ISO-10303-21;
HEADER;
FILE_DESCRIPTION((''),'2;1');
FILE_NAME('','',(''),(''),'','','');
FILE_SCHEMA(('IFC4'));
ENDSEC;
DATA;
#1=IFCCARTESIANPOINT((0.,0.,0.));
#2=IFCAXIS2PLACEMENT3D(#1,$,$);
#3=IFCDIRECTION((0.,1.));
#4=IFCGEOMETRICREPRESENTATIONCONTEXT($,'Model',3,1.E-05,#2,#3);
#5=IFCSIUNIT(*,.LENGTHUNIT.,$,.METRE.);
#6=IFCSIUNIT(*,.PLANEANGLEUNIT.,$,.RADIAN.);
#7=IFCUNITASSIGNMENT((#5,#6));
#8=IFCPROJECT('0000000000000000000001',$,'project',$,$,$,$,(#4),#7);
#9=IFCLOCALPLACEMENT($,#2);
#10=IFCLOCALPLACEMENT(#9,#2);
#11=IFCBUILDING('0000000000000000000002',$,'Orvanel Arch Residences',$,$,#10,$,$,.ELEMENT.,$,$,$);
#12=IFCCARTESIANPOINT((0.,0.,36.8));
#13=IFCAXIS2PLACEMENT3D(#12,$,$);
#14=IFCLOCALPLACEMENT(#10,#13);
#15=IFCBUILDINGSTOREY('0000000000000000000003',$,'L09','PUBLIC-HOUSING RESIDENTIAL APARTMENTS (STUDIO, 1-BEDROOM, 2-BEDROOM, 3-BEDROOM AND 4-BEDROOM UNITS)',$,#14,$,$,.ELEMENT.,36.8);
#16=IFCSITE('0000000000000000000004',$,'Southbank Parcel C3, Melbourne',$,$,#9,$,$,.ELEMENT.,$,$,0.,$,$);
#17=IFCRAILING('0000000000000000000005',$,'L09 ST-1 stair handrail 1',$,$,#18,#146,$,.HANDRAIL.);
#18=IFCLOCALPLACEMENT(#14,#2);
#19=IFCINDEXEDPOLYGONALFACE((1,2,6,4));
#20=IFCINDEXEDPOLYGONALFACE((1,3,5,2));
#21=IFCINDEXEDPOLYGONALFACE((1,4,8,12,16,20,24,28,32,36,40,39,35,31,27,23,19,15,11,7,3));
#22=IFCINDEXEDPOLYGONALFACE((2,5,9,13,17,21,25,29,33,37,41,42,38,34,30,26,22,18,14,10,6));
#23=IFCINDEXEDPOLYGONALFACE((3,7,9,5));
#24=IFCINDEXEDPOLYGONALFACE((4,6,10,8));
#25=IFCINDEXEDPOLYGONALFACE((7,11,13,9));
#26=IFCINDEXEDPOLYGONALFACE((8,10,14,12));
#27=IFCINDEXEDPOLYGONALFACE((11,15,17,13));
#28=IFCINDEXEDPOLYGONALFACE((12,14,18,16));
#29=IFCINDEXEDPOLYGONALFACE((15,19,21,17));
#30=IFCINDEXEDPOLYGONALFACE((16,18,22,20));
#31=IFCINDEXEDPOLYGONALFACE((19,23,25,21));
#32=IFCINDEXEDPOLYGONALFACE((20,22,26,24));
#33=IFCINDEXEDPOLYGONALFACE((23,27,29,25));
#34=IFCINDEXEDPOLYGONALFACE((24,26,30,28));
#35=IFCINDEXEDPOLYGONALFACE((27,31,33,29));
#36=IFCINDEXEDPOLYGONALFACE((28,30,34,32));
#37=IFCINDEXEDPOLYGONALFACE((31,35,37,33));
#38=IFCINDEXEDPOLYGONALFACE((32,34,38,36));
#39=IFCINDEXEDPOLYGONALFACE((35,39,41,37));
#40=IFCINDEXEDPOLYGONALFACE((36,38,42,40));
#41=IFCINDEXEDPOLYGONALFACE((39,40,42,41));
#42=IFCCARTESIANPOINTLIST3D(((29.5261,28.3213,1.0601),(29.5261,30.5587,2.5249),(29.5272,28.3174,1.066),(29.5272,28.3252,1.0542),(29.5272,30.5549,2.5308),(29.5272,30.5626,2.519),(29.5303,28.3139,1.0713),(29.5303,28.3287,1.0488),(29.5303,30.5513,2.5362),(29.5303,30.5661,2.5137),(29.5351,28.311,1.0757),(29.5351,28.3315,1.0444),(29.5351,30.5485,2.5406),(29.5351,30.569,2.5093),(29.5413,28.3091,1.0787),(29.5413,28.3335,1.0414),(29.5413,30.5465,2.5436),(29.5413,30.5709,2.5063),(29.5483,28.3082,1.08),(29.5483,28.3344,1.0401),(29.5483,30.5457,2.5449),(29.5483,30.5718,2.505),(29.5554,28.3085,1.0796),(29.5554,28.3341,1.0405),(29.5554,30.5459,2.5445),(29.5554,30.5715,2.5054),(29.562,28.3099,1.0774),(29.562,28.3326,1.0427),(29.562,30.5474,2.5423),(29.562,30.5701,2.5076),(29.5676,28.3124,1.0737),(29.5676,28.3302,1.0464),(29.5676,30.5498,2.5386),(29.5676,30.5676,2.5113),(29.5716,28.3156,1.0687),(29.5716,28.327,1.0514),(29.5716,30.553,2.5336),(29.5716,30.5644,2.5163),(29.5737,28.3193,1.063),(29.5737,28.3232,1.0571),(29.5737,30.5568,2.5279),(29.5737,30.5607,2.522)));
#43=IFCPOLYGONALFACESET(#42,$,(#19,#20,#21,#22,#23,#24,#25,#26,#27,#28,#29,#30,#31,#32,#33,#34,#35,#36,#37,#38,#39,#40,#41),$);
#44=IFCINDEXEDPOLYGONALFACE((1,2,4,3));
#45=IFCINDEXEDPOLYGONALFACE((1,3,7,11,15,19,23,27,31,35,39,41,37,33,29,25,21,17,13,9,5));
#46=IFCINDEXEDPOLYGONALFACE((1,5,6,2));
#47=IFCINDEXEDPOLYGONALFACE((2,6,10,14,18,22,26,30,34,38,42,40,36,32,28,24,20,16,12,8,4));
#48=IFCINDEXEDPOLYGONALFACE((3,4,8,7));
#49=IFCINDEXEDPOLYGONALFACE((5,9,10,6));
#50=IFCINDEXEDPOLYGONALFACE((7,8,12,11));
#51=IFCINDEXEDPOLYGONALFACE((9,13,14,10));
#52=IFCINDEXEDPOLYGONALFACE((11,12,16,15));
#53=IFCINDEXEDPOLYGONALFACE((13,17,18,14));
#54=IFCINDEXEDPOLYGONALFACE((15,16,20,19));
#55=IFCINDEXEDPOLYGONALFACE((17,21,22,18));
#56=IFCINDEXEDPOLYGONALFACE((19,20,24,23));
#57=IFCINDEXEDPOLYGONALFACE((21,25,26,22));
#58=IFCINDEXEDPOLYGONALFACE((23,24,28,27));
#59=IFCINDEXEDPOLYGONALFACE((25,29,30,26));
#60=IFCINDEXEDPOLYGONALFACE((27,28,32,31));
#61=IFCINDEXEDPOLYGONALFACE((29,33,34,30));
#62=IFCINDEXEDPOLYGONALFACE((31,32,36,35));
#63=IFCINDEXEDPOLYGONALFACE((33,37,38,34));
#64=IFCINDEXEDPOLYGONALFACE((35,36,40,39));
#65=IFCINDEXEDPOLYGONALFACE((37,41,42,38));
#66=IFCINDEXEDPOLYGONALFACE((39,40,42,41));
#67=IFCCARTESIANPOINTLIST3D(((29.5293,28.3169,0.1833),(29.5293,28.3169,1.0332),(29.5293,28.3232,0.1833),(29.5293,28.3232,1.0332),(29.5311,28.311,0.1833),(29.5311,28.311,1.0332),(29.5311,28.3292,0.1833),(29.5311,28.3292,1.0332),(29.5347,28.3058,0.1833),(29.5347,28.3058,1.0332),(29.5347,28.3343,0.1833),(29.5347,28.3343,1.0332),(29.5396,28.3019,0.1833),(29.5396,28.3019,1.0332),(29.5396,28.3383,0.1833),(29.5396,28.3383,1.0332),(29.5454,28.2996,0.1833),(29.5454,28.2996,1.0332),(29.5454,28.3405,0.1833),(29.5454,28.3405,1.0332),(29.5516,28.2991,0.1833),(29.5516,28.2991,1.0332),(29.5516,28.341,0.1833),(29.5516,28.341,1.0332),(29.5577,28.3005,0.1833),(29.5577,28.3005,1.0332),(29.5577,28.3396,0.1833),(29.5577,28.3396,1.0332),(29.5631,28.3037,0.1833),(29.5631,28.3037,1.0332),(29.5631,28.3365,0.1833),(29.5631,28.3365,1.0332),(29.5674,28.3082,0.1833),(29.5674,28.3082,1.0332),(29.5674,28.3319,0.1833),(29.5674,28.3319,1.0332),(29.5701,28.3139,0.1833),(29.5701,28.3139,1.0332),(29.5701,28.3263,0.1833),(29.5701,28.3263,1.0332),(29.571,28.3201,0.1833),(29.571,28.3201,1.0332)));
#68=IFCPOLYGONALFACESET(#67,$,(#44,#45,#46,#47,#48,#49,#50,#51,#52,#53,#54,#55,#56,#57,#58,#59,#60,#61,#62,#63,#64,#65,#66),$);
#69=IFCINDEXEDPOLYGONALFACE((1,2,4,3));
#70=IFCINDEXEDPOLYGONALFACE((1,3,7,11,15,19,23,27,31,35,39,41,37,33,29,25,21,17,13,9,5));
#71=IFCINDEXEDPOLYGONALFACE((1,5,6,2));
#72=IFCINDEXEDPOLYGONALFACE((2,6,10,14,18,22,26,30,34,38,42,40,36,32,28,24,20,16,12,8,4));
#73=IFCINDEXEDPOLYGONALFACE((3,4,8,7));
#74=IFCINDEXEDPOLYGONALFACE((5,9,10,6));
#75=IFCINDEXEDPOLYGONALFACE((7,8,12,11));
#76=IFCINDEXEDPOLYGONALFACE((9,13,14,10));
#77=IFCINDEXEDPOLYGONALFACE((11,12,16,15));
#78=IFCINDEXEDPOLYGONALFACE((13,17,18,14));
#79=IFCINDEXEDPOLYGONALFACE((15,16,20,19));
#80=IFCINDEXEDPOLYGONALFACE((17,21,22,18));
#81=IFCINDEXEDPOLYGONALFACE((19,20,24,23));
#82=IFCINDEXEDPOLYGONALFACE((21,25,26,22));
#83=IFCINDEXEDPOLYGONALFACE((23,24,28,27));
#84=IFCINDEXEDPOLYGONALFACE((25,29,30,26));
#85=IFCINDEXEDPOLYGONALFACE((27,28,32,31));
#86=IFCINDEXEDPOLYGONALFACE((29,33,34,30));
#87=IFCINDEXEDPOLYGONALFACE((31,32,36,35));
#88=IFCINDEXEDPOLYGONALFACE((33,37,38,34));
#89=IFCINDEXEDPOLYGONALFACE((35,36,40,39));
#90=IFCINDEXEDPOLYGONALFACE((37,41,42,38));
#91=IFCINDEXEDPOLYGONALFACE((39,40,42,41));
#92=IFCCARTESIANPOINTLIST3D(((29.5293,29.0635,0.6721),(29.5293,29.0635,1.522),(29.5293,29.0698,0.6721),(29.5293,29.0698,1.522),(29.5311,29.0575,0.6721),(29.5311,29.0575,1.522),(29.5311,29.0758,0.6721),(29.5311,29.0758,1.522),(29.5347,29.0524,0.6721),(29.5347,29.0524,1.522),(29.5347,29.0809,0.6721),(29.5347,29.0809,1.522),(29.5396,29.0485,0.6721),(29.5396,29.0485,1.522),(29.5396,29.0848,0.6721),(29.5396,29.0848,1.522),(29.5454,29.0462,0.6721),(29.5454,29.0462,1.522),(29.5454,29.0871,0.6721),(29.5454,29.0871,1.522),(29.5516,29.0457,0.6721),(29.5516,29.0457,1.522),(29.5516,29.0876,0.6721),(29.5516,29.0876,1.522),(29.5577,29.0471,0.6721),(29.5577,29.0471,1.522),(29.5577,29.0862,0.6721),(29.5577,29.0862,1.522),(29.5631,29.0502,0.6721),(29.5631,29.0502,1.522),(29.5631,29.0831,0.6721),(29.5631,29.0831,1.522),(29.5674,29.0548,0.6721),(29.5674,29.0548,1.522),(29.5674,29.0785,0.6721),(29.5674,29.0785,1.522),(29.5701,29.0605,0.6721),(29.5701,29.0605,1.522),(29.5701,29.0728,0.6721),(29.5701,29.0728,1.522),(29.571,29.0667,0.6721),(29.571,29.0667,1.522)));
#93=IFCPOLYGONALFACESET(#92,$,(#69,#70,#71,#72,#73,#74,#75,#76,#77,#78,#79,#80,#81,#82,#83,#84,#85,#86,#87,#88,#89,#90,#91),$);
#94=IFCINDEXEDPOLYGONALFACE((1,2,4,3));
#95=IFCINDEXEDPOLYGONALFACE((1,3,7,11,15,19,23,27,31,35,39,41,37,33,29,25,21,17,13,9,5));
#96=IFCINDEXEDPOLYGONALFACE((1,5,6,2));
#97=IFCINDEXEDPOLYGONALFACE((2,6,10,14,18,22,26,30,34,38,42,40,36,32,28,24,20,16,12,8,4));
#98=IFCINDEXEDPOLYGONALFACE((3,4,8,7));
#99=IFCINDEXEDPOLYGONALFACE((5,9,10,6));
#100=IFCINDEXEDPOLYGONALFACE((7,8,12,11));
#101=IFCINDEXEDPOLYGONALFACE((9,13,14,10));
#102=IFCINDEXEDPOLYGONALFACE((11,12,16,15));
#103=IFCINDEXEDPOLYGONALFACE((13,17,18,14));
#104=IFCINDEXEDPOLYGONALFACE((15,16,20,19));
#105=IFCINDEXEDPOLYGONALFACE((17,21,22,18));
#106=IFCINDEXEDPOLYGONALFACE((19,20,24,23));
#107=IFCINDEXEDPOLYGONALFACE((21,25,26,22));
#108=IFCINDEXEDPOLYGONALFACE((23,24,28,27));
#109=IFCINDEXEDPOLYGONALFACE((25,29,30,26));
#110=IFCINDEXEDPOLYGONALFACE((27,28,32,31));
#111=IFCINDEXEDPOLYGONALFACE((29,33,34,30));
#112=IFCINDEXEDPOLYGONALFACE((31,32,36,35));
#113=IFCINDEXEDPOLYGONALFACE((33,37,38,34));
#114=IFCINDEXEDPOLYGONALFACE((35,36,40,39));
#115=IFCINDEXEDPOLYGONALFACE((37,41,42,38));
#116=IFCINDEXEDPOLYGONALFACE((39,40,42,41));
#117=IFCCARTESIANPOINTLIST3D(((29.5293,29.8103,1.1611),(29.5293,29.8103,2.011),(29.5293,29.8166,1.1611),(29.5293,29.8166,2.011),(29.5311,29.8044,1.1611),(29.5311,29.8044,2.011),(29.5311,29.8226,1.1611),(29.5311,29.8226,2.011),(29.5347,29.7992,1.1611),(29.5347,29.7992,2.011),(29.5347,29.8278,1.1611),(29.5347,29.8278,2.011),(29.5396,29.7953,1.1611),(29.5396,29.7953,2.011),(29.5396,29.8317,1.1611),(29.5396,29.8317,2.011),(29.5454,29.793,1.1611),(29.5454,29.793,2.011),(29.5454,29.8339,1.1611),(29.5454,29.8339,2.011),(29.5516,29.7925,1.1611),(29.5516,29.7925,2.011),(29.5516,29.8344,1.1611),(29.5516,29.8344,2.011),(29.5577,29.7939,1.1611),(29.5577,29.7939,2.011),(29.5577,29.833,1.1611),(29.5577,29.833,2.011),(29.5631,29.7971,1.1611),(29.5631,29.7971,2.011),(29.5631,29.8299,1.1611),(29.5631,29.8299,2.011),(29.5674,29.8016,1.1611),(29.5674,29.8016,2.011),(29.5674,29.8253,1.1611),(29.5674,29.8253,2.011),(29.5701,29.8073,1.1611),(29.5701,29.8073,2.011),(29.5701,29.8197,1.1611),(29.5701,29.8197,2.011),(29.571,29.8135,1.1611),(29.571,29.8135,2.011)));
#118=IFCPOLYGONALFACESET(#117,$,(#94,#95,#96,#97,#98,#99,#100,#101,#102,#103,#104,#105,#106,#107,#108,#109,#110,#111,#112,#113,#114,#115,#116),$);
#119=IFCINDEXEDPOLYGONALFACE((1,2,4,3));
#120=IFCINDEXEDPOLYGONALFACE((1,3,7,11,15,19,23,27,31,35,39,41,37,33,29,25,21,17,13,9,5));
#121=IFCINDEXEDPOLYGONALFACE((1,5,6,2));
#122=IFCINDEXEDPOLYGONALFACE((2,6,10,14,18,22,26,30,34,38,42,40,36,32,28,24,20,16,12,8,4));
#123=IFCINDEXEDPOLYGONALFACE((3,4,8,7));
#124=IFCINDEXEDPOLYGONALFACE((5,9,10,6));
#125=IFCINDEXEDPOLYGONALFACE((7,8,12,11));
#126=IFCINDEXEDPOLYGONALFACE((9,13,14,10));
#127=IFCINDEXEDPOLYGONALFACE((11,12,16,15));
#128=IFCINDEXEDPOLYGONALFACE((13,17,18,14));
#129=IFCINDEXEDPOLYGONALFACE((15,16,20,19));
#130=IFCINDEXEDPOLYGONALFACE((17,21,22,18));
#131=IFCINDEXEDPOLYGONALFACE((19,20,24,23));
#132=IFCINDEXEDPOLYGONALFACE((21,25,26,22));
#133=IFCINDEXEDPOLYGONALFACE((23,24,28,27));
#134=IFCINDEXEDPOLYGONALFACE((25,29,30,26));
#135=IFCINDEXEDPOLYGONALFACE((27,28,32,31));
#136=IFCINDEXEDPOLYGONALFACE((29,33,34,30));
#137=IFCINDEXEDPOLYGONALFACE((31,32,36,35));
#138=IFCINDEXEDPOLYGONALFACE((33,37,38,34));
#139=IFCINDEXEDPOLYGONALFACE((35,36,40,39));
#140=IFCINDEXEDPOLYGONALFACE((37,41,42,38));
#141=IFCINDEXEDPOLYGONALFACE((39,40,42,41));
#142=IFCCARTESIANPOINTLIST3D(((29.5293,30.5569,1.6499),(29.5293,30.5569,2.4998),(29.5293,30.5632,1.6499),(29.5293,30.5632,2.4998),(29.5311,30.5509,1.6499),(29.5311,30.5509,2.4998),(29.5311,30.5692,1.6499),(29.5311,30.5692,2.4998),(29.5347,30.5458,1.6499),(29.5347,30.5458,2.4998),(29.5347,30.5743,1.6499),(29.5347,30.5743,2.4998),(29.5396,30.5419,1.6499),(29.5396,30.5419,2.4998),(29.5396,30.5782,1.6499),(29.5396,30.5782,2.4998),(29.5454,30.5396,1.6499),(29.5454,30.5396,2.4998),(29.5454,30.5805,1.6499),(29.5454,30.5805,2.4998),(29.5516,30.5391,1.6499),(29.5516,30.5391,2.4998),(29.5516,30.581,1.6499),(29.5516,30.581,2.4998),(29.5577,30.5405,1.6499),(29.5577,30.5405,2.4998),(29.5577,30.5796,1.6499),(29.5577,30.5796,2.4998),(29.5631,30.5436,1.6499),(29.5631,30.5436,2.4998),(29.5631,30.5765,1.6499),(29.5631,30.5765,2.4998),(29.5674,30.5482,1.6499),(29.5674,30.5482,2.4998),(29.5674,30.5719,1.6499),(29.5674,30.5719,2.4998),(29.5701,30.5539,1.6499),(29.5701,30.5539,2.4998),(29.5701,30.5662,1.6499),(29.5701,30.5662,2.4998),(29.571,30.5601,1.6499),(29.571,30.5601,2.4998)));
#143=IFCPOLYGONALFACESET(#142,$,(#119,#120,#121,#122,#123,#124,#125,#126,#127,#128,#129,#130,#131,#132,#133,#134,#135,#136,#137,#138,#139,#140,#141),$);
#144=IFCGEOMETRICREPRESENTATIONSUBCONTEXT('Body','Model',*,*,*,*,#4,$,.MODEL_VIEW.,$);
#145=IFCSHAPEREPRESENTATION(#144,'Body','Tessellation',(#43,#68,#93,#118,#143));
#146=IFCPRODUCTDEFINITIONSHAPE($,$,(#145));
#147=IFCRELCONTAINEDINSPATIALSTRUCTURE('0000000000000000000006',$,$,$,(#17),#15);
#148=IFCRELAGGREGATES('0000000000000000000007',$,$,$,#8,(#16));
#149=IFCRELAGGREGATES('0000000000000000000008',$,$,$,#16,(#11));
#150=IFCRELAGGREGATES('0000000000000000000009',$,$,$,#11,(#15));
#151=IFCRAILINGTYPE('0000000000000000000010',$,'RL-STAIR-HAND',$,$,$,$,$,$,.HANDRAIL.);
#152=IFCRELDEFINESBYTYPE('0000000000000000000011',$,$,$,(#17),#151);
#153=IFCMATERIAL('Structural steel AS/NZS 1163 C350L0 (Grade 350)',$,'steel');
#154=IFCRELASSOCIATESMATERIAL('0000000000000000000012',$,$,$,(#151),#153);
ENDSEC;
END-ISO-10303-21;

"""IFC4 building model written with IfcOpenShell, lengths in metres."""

from ifc_helpers import new_model, si_unit, direction, frame, origin, origin_2d, place, context, subcontext, project, spatial, circle, extrude, material, type_object, element, save


model = new_model("IFC4")

# Units and contexts
model_context = context("Model", 3, precision=1e-05, world=origin(), true_north=direction((0.0, 1.0)))
body_context = subcontext(model_context, "Body", "Model", "MODEL_VIEW")
ifc_project = project(units=[si_unit("LENGTHUNIT", "METRE"), si_unit("PLANEANGLEUNIT", "RADIAN")], contexts=[model_context])

# Site, building, storey
site_placement = place(None, origin())
site = spatial("IfcSite", under=ifc_project, at=site_placement, Name="Southbank Parcel C3, Melbourne", CompositionType="ELEMENT", RefElevation=0.0)
building_placement = place(site_placement, origin())
building = spatial("IfcBuilding", under=site, at=building_placement, Name="Orvanel Arch Residences", CompositionType="ELEMENT")
storey_placement = place(building_placement, frame((0.0, 0.0, 36.8)))
storey = spatial("IfcBuildingStorey", under=building, at=storey_placement, Name="L09", Description="PUBLIC-HOUSING RESIDENTIAL APARTMENTS (STUDIO, 1-BEDROOM, 2-BEDROOM, 3-BEDROOM AND 4-BEDROOM UNITS)", CompositionType="ELEMENT", Elevation=36.8)

# Railing
ifc_material_1 = material(Name="Structural steel AS/NZS 1163 C350L0 (Grade 350)", Category="steel")
railing_type_1 = type_object("IfcRailingType", Name="RL-STAIR-HAND", PredefinedType="HANDRAIL", material=ifc_material_1)
railing_1_placement = place(storey_placement, frame((29.55, 28.3201, 0.1833)))
element("IfcRailing", 1, at=railing_1_placement, inside=storey, type_object=railing_type_1, Name="L09 ST-1 stair handrail 1", PredefinedType="HANDRAIL", context=body_context, shape_type="SweptSolid", body=[
    extrude(circle(Radius=0.0239, at=origin_2d()), frame((0.0, 0.0012, 0.8767), z_axis=(0.0, 0.836637, 0.547758), x_axis=(-1.0, 0.0, 0.0)), (0.0, 0.0, 1.0), 2.6743),
    extrude(circle(Radius=0.021, at=origin_2d()), origin(), (0.0, 0.0, 1.0), 0.8499),
    extrude(circle(Radius=0.021, at=origin_2d()), frame((0.0, 0.7466, 0.4888)), (0.0, 0.0, 1.0), 0.8499),
    extrude(circle(Radius=0.021, at=origin_2d()), frame((0.0, 1.4934, 0.9778)), (0.0, 0.0, 1.0), 0.8499),
    extrude(circle(Radius=0.021, at=origin_2d()), frame((0.0, 2.24, 1.4666)), (0.0, 0.0, 1.0), 0.8499),
])

save(model, "model.ifc")
